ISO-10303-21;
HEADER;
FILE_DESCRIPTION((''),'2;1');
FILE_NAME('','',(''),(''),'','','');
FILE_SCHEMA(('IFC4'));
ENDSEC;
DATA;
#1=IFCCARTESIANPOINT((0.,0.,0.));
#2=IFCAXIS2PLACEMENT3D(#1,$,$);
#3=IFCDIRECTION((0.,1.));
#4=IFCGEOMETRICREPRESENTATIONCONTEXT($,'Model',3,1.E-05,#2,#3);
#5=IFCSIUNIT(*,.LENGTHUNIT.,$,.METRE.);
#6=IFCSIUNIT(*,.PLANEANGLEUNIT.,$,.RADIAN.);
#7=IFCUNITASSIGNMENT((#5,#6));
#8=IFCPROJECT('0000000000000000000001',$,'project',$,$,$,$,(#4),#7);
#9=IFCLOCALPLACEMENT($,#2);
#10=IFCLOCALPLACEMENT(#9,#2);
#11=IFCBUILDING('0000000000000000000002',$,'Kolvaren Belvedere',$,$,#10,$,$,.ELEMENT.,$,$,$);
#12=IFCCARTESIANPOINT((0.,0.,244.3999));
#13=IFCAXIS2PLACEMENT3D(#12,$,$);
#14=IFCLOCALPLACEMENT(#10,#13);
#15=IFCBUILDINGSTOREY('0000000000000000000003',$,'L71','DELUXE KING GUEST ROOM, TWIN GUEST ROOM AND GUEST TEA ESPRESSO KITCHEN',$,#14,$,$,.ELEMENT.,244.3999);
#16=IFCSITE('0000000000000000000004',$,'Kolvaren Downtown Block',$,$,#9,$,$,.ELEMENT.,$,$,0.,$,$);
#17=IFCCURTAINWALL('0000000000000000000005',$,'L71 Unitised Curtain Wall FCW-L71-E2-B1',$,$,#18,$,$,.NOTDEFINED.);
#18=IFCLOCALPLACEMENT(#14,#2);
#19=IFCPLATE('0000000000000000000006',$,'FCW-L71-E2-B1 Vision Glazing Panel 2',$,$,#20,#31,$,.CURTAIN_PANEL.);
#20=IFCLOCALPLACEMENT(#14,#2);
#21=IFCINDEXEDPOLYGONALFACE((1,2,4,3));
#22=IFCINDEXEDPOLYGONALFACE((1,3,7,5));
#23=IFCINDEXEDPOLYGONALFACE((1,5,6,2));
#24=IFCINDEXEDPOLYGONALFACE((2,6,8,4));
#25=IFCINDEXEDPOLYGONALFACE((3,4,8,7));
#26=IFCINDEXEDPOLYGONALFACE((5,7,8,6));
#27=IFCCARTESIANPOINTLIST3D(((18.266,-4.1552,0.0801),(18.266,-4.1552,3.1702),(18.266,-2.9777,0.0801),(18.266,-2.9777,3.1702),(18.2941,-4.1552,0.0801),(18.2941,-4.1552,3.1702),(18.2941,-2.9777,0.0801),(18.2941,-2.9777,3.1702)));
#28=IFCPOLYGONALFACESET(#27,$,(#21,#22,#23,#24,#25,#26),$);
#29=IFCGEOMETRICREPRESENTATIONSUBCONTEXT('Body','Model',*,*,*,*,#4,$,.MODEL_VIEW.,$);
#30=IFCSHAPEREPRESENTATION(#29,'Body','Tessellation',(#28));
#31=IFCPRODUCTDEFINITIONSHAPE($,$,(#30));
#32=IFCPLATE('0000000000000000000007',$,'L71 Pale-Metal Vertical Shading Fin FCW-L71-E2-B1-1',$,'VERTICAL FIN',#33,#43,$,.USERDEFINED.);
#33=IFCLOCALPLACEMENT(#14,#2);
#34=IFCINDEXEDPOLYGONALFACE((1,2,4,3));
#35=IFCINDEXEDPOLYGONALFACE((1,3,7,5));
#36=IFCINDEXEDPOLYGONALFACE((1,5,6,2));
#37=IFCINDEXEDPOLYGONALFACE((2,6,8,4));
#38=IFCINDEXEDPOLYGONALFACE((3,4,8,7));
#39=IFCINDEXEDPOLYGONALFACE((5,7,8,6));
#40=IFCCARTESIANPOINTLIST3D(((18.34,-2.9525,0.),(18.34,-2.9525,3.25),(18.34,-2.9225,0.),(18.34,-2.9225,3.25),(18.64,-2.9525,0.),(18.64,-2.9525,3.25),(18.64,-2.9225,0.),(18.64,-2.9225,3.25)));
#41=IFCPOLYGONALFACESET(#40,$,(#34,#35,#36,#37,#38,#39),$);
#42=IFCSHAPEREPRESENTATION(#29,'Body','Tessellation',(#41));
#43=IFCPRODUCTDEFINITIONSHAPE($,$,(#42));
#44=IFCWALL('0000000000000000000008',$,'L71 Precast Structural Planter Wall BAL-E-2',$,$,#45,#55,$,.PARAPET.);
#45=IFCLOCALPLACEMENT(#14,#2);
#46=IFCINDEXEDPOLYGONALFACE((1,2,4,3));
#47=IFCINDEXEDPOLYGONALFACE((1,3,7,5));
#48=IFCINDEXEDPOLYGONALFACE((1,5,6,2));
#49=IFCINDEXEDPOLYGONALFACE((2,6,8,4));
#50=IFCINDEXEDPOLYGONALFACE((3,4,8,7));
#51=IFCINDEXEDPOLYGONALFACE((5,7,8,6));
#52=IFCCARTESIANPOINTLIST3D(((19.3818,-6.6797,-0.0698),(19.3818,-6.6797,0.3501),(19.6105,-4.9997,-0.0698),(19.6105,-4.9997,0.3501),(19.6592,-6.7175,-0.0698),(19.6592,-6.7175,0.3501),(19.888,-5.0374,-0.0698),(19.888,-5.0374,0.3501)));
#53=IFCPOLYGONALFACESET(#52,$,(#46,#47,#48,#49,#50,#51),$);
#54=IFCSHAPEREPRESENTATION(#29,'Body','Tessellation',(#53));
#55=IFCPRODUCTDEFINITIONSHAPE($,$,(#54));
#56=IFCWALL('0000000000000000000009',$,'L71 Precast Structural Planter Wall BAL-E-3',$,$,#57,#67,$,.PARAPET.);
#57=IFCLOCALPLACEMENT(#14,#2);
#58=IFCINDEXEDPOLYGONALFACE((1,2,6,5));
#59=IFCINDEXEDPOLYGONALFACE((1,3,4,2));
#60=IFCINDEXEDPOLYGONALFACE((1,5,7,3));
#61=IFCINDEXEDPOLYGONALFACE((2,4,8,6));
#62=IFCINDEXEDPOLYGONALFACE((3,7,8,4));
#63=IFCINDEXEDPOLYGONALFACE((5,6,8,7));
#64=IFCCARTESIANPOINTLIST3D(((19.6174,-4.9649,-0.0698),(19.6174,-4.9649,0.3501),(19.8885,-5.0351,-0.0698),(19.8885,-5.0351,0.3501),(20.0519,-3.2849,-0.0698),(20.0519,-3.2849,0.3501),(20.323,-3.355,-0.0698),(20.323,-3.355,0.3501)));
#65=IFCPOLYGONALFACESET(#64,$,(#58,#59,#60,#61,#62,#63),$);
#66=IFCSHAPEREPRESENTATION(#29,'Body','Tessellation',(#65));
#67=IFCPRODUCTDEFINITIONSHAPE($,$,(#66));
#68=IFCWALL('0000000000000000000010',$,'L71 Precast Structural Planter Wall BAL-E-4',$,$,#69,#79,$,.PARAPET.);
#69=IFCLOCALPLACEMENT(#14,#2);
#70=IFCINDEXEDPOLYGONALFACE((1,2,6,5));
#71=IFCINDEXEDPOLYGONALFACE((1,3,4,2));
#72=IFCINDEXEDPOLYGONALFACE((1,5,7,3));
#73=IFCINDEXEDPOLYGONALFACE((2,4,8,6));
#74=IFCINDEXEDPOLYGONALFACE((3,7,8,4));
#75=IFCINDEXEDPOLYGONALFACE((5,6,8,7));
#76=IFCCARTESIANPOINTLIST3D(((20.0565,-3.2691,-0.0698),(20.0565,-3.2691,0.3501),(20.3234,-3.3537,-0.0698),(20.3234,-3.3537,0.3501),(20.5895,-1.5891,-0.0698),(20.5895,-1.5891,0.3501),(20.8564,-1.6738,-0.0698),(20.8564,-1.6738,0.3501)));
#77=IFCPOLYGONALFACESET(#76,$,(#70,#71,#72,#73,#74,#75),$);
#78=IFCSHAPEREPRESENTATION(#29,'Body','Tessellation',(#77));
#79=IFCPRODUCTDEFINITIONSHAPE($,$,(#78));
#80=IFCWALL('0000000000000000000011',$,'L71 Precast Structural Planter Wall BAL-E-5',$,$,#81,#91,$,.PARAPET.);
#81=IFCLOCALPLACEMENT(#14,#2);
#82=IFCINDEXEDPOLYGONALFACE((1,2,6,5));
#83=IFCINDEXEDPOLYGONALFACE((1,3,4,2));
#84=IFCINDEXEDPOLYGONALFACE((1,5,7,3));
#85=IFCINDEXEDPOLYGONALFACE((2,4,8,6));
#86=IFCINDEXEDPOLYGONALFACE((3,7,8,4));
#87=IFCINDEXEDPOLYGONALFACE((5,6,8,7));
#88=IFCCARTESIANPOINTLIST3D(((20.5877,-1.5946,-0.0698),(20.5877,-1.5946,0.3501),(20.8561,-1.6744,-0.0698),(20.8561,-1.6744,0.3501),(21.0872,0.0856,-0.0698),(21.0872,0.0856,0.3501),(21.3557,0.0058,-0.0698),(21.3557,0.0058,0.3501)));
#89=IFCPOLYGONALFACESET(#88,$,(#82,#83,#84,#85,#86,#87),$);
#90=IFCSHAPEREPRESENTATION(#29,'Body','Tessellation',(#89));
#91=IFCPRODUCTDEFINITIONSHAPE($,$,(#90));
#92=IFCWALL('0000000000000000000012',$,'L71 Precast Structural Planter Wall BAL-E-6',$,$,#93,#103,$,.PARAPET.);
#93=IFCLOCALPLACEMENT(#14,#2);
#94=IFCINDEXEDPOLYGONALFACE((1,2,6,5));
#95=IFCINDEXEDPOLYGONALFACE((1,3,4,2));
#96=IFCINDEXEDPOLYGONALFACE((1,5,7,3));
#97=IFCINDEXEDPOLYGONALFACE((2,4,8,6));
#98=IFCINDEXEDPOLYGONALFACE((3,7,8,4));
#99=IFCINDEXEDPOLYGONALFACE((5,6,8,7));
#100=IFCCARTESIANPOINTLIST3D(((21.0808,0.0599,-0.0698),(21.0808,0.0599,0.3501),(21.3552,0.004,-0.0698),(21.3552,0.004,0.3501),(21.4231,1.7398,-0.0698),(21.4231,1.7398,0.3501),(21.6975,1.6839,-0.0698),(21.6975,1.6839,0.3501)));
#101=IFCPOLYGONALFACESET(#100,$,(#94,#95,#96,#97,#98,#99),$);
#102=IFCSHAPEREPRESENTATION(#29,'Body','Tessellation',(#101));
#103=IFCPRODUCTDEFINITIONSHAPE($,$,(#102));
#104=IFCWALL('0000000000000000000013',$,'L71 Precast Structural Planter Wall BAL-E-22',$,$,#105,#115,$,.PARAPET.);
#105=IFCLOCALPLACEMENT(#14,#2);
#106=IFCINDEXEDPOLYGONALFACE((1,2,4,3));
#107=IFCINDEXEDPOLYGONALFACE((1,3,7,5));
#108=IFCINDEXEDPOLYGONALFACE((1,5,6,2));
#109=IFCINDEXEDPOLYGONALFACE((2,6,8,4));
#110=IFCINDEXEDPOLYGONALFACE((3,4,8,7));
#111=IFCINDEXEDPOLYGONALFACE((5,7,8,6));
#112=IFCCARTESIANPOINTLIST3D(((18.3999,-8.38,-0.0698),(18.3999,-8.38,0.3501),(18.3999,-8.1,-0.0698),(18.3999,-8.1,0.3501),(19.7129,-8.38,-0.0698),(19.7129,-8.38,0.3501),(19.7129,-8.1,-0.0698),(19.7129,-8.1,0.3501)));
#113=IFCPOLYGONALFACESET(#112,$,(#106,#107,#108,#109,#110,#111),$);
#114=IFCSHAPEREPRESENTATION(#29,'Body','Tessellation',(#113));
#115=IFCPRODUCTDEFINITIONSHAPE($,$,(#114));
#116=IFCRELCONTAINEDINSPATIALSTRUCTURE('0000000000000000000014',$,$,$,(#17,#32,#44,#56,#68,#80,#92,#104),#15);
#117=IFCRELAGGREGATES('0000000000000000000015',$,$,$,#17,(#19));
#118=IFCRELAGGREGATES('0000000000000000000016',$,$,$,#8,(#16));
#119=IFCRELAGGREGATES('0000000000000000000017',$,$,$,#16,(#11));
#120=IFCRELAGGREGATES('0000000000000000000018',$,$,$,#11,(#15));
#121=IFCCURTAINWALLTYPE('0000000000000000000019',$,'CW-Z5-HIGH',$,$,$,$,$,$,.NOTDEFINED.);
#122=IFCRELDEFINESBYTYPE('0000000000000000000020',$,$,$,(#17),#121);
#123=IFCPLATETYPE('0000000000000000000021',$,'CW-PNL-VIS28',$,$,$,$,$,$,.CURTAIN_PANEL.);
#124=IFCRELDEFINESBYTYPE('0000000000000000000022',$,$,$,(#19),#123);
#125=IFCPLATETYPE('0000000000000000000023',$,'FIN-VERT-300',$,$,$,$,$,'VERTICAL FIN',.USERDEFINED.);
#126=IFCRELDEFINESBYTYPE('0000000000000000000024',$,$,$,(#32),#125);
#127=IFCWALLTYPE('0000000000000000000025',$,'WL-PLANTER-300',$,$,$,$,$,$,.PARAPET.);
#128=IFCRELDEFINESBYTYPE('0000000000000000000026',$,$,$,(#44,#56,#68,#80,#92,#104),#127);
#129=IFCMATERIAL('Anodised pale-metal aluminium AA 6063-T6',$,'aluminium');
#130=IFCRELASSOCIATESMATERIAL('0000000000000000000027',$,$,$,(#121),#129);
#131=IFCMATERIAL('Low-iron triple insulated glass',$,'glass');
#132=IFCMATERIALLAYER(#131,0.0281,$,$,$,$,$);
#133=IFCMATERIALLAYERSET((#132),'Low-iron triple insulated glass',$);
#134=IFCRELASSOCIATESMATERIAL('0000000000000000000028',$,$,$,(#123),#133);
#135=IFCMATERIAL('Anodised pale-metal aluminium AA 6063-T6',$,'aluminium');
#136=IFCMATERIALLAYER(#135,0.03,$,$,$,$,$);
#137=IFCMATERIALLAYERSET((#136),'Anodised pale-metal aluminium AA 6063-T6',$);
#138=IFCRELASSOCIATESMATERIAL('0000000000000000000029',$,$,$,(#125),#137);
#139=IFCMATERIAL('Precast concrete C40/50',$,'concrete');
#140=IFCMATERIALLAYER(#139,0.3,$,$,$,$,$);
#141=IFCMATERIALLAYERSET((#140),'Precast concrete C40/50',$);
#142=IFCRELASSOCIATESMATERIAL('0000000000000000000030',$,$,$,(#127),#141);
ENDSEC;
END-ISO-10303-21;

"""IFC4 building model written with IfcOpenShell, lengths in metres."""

from ifc_helpers import new_model, si_unit, direction, frame, frame_2d, origin, origin_2d, place, context, subcontext, project, spatial, rectangle, extrude, material, layer, layer_set, type_object, element, aggregate, save


model = new_model("IFC4")

# Units and contexts
model_context = context("Model", 3, precision=1e-05, world=origin(), true_north=direction((0.0, 1.0)))
body_context = subcontext(model_context, "Body", "Model", "MODEL_VIEW")
ifc_project = project(units=[si_unit("LENGTHUNIT", "METRE"), si_unit("PLANEANGLEUNIT", "RADIAN")], contexts=[model_context])

# Site, building, storey
site_placement = place(None, origin())
site = spatial("IfcSite", under=ifc_project, at=site_placement, Name="Kolvaren Downtown Block", CompositionType="ELEMENT", RefElevation=0.0)
building_placement = place(site_placement, origin())
building = spatial("IfcBuilding", under=site, at=building_placement, Name="Kolvaren Belvedere", CompositionType="ELEMENT")
storey_placement = place(building_placement, frame((0.0, 0.0, 244.3999)))
storey = spatial("IfcBuildingStorey", under=building, at=storey_placement, Name="L71", Description="DELUXE KING GUEST ROOM, TWIN GUEST ROOM AND GUEST TEA ESPRESSO KITCHEN", CompositionType="ELEMENT", Elevation=244.3999)

# Curtain wall
ifc_material_1 = material(Name="Anodised pale-metal aluminium AA 6063-T6", Category="aluminium")
curtain_wall_type = type_object("IfcCurtainWallType", Name="CW-Z5-HIGH", PredefinedType="NOTDEFINED", material=ifc_material_1)
curtain_wall_1_placement = place(storey_placement, origin())
curtain_wall_1 = element("IfcCurtainWall", 1, at=curtain_wall_1_placement, inside=storey, type_object=curtain_wall_type, Name="L71 Unitised Curtain Wall FCW-L71-E2-B1", PredefinedType="NOTDEFINED")

# Plates
ifc_material_2 = material(Name="Low-iron triple insulated glass", Category="glass")
ifc_layer_1 = layer(ifc_material_2, 0.0281)
ifc_layer_set_1 = layer_set([ifc_layer_1], Name="Low-iron triple insulated glass")
plate_type_1 = type_object("IfcPlateType", Name="CW-PNL-VIS28", PredefinedType="CURTAIN_PANEL", material=ifc_layer_set_1)
plate_1_placement = place(storey_placement, frame((18.28, -3.5664, 0.0801), z_axis=(0.0, 0.0, 1.0), x_axis=(0.0, -1.0, 0.0)))
plate_1 = element("IfcPlate", 2, at=plate_1_placement, type_object=plate_type_1, Name="FCW-L71-E2-B1 Vision Glazing Panel 2", PredefinedType="CURTAIN_PANEL", context=body_context, shape_type="SweptSolid", body=[
    extrude(rectangle(XDim=1.1775, YDim=0.0281, at=origin_2d()), origin(), (0.0, 0.0, 1.0), 3.0901),
])
aggregate(curtain_wall_1, [plate_1])
ifc_material_3 = material(Name="Anodised pale-metal aluminium AA 6063-T6", Category="aluminium")
ifc_layer_2 = layer(ifc_material_3, 0.03)
ifc_layer_set_2 = layer_set([ifc_layer_2], Name="Anodised pale-metal aluminium AA 6063-T6")
plate_type_2 = type_object("IfcPlateType", Name="FIN-VERT-300", ElementType="VERTICAL FIN", PredefinedType="USERDEFINED", material=ifc_layer_set_2)
plate_2_placement = place(storey_placement, frame((18.49, -2.9375, 0.0), z_axis=(0.0, 0.0, 1.0), x_axis=(1.0, 0.0, 0.0)))
element("IfcPlate", 3, at=plate_2_placement, inside=storey, type_object=plate_type_2, Name="L71 Pale-Metal Vertical Shading Fin FCW-L71-E2-B1-1", ObjectType="VERTICAL FIN", PredefinedType="USERDEFINED", context=body_context, shape_type="SweptSolid", body=[
    extrude(rectangle(XDim=0.3, YDim=0.03, at=origin_2d()), origin(), (0.0, 0.0, 1.0), 3.25),
])

# Walls
ifc_material_4 = material(Name="Precast concrete C40/50", Category="concrete")
ifc_layer_3 = layer(ifc_material_4, 0.3)
ifc_layer_set_3 = layer_set([ifc_layer_3], Name="Precast concrete C40/50")
wall_type = type_object("IfcWallType", Name="WL-PLANTER-300", PredefinedType="PARAPET", material=ifc_layer_set_3)
wall_1_placement = place(storey_placement, frame((19.5205, -6.6985, -0.0698), z_axis=(0.0, 0.0, 1.0), x_axis=(0.134908, 0.990858, 0.0)))
element("IfcWall", 4, at=wall_1_placement, inside=storey, type_object=wall_type, Name="L71 Precast Structural Planter Wall BAL-E-2", PredefinedType="PARAPET", context=body_context, shape_type="SweptSolid", body=[
    extrude(rectangle(XDim=1.6956, YDim=0.28, at=frame_2d((0.8477, 0.0))), origin(), (0.0, 0.0, 1.0), 0.4199),
])
wall_2_placement = place(storey_placement, frame((19.7529, -5.0, -0.0698), z_axis=(0.0, 0.0, 1.0), x_axis=(0.250406, 0.968141, 0.0)))
element("IfcWall", 5, at=wall_2_placement, inside=storey, type_object=wall_type, Name="L71 Precast Structural Planter Wall BAL-E-3", PredefinedType="PARAPET", context=body_context, shape_type="SweptSolid", body=[
    extrude(rectangle(XDim=1.7354, YDim=0.28, at=frame_2d((0.8677, 0.0))), origin(), (0.0, 0.0, 1.0), 0.4199),
])
wall_3_placement = place(storey_placement, frame((20.1899, -3.3115, -0.0698), z_axis=(0.0, 0.0, 1.0), x_axis=(0.302397, 0.953182, 0.0)))
element("IfcWall", 6, at=wall_3_placement, inside=storey, type_object=wall_type, Name="L71 Precast Structural Planter Wall BAL-E-4", PredefinedType="PARAPET", context=body_context, shape_type="SweptSolid", body=[
    extrude(rectangle(XDim=1.7625, YDim=0.28, at=frame_2d((0.8813, 0.0))), origin(), (0.0, 0.0, 1.0), 0.4199),
])
wall_4_placement = place(storey_placement, frame((20.7219, -1.6345, -0.0698), z_axis=(0.0, 0.0, 1.0), x_axis=(0.28497, 0.958536, 0.0)))
element("IfcWall", 7, at=wall_4_placement, inside=storey, type_object=wall_type, Name="L71 Precast Structural Planter Wall BAL-E-5", PredefinedType="PARAPET", context=body_context, shape_type="SweptSolid", body=[
    extrude(rectangle(XDim=1.7529, YDim=0.28, at=frame_2d((0.8765, 0.0))), origin(), (0.0, 0.0, 1.0), 0.4199),
])
wall_5_placement = place(storey_placement, frame((21.218, 0.032, -0.0698), z_axis=(0.0, 0.0, 1.0), x_axis=(0.199648, 0.979868, 0.0)))
element("IfcWall", 8, at=wall_5_placement, inside=storey, type_object=wall_type, Name="L71 Precast Structural Planter Wall BAL-E-6", PredefinedType="PARAPET", context=body_context, shape_type="SweptSolid", body=[
    extrude(rectangle(XDim=1.7144, YDim=0.28, at=frame_2d((0.8572, 0.0))), origin(), (0.0, 0.0, 1.0), 0.4199),
])
wall_6_placement = place(storey_placement, frame((18.3999, -8.24, -0.0698), z_axis=(0.0, 0.0, 1.0), x_axis=(1.0, 0.0, 0.0)))
element("IfcWall", 9, at=wall_6_placement, inside=storey, type_object=wall_type, Name="L71 Precast Structural Planter Wall BAL-E-22", PredefinedType="PARAPET", context=body_context, shape_type="SweptSolid", body=[
    extrude(rectangle(XDim=1.313, YDim=0.28, at=frame_2d((0.6565, 0.0))), origin(), (0.0, 0.0, 1.0), 0.4199),
])

save(model, "model.ifc")
